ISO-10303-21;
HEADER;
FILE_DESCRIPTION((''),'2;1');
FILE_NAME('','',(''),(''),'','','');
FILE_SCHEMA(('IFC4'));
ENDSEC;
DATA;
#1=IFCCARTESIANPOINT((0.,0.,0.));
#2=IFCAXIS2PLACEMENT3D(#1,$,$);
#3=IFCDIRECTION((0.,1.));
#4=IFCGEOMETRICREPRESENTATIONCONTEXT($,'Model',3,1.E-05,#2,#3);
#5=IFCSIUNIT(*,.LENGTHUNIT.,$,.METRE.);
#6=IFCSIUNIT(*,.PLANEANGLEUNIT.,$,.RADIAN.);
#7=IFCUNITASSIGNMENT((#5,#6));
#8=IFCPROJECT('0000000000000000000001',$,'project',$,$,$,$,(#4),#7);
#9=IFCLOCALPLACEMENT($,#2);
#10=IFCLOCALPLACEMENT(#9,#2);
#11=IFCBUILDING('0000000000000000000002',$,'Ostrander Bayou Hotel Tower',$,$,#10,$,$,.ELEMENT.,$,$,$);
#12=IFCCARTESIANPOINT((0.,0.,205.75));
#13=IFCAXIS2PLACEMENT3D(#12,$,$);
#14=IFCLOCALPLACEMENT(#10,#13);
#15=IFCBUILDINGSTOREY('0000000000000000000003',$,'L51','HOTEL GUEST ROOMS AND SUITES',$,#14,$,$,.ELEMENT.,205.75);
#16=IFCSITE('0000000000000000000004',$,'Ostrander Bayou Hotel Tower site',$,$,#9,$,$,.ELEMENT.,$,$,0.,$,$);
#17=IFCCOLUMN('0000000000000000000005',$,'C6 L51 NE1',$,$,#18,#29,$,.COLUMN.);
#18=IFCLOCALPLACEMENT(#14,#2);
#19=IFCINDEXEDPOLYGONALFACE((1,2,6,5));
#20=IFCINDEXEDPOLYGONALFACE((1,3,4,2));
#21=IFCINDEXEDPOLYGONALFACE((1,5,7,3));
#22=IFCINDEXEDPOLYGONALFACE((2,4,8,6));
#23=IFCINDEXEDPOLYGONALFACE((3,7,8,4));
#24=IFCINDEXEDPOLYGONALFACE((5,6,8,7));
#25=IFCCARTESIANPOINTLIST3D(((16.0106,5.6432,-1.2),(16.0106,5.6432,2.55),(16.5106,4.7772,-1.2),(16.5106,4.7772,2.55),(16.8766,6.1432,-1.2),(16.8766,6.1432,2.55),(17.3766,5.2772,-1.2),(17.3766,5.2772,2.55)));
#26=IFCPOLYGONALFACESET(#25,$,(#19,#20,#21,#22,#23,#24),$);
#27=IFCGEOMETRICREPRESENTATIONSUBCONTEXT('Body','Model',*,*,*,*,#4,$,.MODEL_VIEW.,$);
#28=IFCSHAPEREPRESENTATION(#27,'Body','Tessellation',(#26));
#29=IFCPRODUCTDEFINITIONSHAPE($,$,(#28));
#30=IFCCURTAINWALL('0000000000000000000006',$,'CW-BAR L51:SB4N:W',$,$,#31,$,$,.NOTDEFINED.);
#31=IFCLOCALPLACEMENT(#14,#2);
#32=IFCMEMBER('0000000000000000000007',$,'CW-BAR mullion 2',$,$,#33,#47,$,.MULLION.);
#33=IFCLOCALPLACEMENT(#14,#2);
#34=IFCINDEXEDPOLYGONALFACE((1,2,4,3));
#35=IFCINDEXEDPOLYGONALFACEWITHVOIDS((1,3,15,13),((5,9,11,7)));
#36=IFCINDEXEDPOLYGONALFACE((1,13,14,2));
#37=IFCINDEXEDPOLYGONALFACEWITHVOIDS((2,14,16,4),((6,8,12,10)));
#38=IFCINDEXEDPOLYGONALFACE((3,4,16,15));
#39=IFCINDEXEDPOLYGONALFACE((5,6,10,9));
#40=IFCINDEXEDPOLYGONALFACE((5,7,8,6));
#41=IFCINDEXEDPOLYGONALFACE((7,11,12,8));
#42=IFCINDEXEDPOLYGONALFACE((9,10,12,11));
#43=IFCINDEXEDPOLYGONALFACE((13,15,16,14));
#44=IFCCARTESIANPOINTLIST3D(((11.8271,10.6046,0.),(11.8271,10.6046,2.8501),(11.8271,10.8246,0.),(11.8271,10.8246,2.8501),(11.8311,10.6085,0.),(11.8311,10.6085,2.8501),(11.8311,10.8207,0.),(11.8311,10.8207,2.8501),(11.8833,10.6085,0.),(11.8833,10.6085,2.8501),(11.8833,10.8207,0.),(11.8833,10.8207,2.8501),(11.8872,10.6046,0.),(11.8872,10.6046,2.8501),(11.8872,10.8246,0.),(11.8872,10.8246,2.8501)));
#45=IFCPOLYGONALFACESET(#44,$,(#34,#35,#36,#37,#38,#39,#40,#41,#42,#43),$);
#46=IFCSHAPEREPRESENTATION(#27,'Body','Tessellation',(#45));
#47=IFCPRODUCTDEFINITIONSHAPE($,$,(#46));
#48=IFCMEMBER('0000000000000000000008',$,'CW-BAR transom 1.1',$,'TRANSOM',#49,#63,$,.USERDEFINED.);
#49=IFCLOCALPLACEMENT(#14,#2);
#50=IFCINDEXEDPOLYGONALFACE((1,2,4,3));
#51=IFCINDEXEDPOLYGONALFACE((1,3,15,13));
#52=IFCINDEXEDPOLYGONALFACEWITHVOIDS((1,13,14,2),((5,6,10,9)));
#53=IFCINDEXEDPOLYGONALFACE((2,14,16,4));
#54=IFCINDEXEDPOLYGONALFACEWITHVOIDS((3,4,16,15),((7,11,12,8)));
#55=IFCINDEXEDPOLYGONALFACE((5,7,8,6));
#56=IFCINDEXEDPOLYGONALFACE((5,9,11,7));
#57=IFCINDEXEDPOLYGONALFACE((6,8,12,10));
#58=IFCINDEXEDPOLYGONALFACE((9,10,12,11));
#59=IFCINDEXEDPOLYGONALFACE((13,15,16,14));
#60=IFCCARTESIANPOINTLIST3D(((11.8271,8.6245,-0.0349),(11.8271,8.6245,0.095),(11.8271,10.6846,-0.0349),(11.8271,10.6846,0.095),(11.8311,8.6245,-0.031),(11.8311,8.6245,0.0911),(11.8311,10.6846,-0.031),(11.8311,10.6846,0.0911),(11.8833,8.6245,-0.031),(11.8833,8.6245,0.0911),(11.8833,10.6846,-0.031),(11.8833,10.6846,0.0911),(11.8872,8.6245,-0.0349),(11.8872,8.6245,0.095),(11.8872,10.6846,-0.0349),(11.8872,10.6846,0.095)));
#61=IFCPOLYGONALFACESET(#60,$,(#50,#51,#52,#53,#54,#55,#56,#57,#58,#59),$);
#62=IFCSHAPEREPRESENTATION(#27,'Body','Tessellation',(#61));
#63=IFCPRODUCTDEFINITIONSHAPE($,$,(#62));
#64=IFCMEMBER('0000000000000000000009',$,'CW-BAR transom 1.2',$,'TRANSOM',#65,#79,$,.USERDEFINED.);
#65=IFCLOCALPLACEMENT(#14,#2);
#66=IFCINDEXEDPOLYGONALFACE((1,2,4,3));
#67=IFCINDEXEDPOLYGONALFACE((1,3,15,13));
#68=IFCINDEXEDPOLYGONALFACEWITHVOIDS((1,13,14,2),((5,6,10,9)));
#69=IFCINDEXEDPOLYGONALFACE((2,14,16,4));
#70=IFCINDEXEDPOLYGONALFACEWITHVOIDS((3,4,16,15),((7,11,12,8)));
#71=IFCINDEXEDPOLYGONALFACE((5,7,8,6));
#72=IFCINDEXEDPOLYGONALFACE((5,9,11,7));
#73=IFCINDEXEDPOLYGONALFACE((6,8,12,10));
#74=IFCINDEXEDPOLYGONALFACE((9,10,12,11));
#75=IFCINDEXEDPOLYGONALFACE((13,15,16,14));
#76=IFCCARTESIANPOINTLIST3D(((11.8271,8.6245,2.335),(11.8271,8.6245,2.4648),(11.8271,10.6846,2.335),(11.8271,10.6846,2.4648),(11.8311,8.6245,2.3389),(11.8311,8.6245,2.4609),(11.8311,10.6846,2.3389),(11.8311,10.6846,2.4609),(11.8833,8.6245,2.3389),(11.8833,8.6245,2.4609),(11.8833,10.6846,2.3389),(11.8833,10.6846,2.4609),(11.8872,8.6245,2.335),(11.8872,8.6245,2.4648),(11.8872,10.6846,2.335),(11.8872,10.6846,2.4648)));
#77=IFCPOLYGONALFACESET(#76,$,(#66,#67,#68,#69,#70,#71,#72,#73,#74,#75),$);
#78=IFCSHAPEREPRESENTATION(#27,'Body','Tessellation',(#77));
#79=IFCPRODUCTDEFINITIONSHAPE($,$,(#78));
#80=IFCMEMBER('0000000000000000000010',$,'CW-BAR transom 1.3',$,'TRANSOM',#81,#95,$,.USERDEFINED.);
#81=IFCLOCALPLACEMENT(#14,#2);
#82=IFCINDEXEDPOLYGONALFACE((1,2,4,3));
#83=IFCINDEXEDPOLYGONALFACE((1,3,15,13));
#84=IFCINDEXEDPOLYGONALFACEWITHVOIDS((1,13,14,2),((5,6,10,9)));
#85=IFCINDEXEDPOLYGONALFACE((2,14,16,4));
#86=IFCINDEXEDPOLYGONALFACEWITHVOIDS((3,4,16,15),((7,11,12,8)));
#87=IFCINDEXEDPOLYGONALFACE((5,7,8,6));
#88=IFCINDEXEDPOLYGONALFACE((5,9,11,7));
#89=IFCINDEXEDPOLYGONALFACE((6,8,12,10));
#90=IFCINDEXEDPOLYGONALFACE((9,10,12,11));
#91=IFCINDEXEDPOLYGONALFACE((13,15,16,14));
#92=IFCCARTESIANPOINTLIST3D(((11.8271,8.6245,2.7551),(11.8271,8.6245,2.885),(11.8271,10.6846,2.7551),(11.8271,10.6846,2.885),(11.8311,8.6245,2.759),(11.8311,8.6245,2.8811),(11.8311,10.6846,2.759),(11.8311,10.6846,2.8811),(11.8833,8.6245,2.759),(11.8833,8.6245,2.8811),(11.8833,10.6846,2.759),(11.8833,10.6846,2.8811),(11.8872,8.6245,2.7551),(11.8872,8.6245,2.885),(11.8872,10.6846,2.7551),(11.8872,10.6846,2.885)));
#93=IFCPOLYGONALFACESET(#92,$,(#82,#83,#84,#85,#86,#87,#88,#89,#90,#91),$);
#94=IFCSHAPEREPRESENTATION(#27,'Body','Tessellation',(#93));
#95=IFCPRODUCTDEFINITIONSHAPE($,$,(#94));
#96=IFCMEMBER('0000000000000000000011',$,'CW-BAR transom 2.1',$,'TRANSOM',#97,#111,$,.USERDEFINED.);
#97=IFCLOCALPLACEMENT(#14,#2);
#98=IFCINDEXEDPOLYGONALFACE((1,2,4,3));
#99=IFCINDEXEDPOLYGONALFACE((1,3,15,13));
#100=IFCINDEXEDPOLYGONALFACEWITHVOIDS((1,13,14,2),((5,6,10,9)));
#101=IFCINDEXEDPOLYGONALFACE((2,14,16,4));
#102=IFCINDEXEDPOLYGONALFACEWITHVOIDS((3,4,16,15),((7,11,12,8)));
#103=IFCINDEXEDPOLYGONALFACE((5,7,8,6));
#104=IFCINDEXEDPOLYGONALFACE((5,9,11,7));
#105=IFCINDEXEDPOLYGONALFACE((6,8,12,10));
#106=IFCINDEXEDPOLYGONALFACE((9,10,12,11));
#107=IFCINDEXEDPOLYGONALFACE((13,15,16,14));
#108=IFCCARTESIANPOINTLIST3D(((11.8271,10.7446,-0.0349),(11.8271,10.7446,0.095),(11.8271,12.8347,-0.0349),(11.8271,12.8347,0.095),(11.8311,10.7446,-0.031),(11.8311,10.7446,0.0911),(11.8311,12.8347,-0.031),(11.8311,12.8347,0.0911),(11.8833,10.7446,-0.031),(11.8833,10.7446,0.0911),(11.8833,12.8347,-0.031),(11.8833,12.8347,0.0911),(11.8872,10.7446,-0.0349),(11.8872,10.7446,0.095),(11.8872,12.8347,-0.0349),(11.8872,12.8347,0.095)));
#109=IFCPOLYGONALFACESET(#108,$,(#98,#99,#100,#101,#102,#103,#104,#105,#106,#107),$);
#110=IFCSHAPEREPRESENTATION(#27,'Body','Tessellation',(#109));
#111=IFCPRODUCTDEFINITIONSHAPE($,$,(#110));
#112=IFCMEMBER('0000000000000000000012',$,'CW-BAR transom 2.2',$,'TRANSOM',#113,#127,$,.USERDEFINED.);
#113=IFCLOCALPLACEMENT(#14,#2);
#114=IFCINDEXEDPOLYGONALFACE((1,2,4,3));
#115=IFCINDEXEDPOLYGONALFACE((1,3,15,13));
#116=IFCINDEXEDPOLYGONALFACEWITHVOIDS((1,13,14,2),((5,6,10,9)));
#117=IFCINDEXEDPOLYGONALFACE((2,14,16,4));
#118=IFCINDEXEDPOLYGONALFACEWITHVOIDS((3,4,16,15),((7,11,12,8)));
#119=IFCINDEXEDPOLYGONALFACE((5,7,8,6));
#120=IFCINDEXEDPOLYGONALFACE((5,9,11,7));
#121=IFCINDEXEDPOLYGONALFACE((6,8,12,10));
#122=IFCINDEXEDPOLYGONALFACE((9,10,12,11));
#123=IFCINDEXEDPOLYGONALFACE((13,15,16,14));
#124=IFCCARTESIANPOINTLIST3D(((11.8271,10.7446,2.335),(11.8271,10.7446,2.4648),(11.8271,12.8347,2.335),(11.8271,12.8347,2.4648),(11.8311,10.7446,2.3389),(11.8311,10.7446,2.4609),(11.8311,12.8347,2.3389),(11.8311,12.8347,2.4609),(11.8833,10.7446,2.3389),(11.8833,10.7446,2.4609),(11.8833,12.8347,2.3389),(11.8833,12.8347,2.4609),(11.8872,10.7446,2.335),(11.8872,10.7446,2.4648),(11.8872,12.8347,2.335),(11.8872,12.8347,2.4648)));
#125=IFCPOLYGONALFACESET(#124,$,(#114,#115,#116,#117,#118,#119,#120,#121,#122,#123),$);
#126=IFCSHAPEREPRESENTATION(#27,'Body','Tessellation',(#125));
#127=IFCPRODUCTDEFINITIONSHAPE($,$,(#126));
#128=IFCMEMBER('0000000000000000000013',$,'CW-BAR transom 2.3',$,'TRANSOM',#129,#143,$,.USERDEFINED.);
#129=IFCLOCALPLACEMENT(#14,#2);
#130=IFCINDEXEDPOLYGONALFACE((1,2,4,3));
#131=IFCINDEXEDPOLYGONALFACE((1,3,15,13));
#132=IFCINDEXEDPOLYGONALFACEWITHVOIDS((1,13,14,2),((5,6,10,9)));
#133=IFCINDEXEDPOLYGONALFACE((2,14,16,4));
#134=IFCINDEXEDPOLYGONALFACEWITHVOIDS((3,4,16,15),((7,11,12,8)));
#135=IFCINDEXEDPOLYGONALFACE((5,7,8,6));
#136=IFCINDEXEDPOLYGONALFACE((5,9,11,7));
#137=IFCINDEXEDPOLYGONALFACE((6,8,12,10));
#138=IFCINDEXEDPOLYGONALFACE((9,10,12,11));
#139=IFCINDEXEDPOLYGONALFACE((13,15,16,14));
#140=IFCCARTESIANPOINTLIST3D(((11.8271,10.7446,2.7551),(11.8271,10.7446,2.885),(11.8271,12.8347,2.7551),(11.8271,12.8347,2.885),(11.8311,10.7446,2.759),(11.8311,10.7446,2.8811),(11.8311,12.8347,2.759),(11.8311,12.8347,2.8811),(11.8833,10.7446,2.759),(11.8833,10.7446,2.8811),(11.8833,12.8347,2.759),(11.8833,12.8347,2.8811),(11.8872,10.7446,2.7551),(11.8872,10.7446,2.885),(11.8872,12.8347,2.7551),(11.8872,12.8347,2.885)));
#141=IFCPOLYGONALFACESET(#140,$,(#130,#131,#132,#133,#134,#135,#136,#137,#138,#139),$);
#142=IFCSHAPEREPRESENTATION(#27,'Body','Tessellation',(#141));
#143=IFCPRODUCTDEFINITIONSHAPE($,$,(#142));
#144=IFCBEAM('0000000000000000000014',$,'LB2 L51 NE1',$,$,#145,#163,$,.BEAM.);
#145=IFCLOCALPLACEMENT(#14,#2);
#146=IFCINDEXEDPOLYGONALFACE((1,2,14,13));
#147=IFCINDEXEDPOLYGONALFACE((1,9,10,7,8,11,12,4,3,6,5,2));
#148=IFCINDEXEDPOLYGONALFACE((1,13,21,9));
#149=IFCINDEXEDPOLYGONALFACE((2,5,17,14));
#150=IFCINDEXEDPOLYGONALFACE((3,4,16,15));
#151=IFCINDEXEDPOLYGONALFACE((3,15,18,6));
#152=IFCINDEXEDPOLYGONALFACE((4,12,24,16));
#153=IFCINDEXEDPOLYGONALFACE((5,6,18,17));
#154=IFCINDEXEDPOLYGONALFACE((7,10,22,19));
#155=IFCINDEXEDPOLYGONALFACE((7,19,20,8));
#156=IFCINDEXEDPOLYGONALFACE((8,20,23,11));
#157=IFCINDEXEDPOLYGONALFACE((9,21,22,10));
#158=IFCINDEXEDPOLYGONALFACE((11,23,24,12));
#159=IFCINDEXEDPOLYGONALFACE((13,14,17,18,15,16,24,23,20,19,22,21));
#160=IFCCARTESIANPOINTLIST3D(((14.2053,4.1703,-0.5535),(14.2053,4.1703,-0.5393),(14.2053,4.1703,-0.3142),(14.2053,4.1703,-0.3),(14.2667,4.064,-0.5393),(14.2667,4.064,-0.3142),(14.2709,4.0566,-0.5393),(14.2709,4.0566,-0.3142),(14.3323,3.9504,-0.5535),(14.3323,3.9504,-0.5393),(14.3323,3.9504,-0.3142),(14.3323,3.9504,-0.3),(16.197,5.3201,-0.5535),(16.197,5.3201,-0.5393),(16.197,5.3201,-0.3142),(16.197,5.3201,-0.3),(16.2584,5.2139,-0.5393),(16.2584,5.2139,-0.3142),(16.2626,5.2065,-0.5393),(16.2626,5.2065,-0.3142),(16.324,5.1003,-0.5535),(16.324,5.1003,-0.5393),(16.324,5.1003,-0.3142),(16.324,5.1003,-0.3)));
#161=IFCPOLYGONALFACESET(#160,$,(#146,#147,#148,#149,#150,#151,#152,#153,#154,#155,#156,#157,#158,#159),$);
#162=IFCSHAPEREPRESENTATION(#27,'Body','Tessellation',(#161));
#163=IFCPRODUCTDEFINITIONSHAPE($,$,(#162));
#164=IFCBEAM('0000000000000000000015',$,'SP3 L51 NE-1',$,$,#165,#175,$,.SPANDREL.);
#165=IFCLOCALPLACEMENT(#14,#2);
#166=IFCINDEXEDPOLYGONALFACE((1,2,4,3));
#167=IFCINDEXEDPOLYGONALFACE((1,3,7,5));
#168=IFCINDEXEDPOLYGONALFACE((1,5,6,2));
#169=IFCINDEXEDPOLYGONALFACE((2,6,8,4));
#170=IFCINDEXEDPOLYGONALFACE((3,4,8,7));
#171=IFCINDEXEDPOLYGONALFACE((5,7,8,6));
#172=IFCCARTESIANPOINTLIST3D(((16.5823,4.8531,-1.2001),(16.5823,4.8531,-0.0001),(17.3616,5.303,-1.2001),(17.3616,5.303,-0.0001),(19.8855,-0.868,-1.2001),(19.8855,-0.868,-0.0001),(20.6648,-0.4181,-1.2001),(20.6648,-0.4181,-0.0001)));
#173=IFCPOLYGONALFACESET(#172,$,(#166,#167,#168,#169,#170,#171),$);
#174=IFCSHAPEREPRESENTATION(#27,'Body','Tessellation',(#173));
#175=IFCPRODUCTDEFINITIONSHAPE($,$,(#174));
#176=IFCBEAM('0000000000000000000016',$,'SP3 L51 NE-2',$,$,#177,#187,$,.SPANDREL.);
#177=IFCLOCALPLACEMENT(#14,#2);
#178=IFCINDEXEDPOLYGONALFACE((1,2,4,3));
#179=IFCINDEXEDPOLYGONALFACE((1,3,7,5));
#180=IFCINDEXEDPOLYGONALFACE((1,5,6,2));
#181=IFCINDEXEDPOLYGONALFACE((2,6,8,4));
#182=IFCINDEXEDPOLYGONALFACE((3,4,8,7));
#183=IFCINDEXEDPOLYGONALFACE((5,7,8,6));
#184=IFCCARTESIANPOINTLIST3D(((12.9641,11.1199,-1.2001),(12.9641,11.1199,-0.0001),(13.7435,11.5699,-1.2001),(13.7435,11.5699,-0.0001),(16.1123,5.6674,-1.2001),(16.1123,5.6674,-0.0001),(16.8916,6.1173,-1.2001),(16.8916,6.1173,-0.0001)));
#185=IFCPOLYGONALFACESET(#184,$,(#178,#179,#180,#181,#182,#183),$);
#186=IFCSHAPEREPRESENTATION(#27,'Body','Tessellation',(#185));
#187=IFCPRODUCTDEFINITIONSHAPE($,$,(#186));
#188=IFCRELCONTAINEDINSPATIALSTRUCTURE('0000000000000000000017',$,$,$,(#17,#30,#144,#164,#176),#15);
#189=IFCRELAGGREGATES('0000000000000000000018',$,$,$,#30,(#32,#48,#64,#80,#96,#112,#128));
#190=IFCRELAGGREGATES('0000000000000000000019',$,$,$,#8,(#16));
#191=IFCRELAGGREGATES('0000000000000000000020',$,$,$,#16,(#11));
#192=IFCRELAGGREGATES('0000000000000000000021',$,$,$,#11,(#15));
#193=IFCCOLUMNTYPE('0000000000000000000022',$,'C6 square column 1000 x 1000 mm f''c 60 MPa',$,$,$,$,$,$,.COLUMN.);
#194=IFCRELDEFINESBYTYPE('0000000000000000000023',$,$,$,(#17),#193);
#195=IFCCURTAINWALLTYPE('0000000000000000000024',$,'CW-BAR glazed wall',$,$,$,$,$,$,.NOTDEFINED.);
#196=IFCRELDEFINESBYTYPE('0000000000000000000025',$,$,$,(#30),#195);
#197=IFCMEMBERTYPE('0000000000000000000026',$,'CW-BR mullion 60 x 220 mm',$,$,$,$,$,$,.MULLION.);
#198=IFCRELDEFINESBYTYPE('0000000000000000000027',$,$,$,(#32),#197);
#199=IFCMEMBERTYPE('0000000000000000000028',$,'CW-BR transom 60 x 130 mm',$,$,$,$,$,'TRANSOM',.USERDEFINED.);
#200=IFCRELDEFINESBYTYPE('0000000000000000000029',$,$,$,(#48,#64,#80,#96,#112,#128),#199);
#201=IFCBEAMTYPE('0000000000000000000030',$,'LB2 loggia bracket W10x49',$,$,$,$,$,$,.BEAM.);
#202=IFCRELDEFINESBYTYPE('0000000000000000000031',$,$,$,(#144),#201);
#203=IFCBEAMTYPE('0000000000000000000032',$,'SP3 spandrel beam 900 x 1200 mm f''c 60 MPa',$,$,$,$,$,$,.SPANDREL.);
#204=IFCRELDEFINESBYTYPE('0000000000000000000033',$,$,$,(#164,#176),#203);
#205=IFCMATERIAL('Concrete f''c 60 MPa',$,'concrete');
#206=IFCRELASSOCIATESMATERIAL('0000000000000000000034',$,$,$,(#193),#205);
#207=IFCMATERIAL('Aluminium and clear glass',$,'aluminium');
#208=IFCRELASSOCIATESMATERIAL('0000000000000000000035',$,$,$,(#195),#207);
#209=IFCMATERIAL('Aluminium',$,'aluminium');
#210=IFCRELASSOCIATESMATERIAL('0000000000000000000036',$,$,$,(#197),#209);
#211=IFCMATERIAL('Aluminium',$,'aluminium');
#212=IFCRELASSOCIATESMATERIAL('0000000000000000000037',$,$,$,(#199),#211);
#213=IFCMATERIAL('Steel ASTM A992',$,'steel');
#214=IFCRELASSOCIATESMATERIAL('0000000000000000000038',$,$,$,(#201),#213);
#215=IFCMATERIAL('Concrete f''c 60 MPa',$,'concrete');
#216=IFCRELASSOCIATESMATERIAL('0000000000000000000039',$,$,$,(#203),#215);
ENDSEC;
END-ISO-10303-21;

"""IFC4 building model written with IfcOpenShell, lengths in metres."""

from ifc_helpers import new_model, si_unit, direction, frame, origin, origin_2d, place, context, subcontext, project, spatial, rectangle, hollow_rectangle, i_section, extrude, material, material_profile, profile_set, type_object, element, aggregate, save


model = new_model("IFC4")

# Units and contexts
model_context = context("Model", 3, precision=1e-05, world=origin(), true_north=direction((0.0, 1.0)))
body_context = subcontext(model_context, "Body", "Model", "MODEL_VIEW")
ifc_project = project(units=[si_unit("LENGTHUNIT", "METRE"), si_unit("PLANEANGLEUNIT", "RADIAN")], contexts=[model_context])

# Site, building, storey
site_placement = place(None, origin())
site = spatial("IfcSite", under=ifc_project, at=site_placement, Name="Ostrander Bayou Hotel Tower site", CompositionType="ELEMENT", RefElevation=0.0)
building_placement = place(site_placement, origin())
building = spatial("IfcBuilding", under=site, at=building_placement, Name="Ostrander Bayou Hotel Tower", CompositionType="ELEMENT")
storey_placement = place(building_placement, frame((0.0, 0.0, 205.75)))
storey = spatial("IfcBuildingStorey", under=building, at=storey_placement, Name="L51", Description="HOTEL GUEST ROOMS AND SUITES", CompositionType="ELEMENT", Elevation=205.75)

# Column
ifc_material_1 = material(Name="Concrete f'c 60 MPa", Category="concrete")
ifc_material_profile_1 = material_profile(ifc_material_1, rectangle(XDim=1.0, YDim=1.0, at=origin_2d()))
ifc_profile_set_1 = profile_set([ifc_material_profile_1], Name="Concrete f'c 60 MPa")
column_type = type_object("IfcColumnType", Name="C6 square column 1000 x 1000 mm f'c 60 MPa", PredefinedType="COLUMN", material=ifc_profile_set_1)
column_placement = place(storey_placement, frame((16.6936, 5.4602, -1.2), z_axis=(0.0, 0.0, 1.0), x_axis=(0.5, -0.866025, 0.0)))
element("IfcColumn", 1, at=column_placement, inside=storey, type_object=column_type, Name="C6 L51 NE1", PredefinedType="COLUMN", context=body_context, shape_type="SweptSolid", body=[
    extrude(rectangle(XDim=1.0, YDim=1.0, at=origin_2d()), origin(), (0.0, 0.0, 1.0), 3.75),
])

# Curtain wall, members
ifc_material_2 = material(Name="Aluminium and clear glass", Category="aluminium")
curtain_wall_type = type_object("IfcCurtainWallType", Name="CW-BAR glazed wall", PredefinedType="NOTDEFINED", material=ifc_material_2)
curtain_wall_placement = place(storey_placement, origin())
curtain_wall = element("IfcCurtainWall", 2, at=curtain_wall_placement, inside=storey, type_object=curtain_wall_type, Name="CW-BAR L51:SB4N:W", PredefinedType="NOTDEFINED")
ifc_material_3 = material(Name="Aluminium", Category="aluminium")
ifc_material_profile_2 = material_profile(ifc_material_3, hollow_rectangle(XDim=0.0601, YDim=0.22, WallThickness=0.0039, at=origin_2d()))
ifc_profile_set_2 = profile_set([ifc_material_profile_2], Name="Aluminium")
member_type_1 = type_object("IfcMemberType", Name="CW-BR mullion 60 x 220 mm", PredefinedType="MULLION", material=ifc_profile_set_2)
member_1_placement = place(storey_placement, frame((11.8572, 10.7146, 0.0), z_axis=(0.0, 0.0, 1.0), x_axis=(-1.0, 0.0, 0.0)))
member_1 = element("IfcMember", 3, at=member_1_placement, type_object=member_type_1, Name="CW-BAR mullion 2", PredefinedType="MULLION", context=body_context, shape_type="SweptSolid", body=[
    extrude(hollow_rectangle(XDim=0.0601, YDim=0.22, WallThickness=0.0039, at=origin_2d()), origin(), (0.0, 0.0, 1.0), 2.8501),
])
ifc_material_4 = material(Name="Aluminium", Category="aluminium")
ifc_material_profile_3 = material_profile(ifc_material_4, hollow_rectangle(XDim=0.0601, YDim=0.1299, WallThickness=0.0039, at=origin_2d()))
ifc_profile_set_3 = profile_set([ifc_material_profile_3], Name="Aluminium")
member_type_2 = type_object("IfcMemberType", Name="CW-BR transom 60 x 130 mm", ElementType="TRANSOM", PredefinedType="USERDEFINED", material=ifc_profile_set_3)
member_2_placement = place(storey_placement, frame((11.8572, 8.6245, 0.03), z_axis=(0.0, 1.0, 0.0), x_axis=(-1.0, 0.0, 0.0)))
member_2 = element("IfcMember", 4, at=member_2_placement, type_object=member_type_2, Name="CW-BAR transom 1.1", ObjectType="TRANSOM", PredefinedType="USERDEFINED", context=body_context, shape_type="SweptSolid", body=[
    extrude(hollow_rectangle(XDim=0.0601, YDim=0.1299, WallThickness=0.0039, at=origin_2d()), origin(), (0.0, 0.0, 1.0), 2.0601),
])
member_3_placement = place(storey_placement, frame((11.8572, 8.6245, 2.3999), z_axis=(0.0, 1.0, 0.0), x_axis=(-1.0, 0.0, 0.0)))
member_3 = element("IfcMember", 5, at=member_3_placement, type_object=member_type_2, Name="CW-BAR transom 1.2", ObjectType="TRANSOM", PredefinedType="USERDEFINED", context=body_context, shape_type="SweptSolid", body=[
    extrude(hollow_rectangle(XDim=0.0601, YDim=0.1299, WallThickness=0.0039, at=origin_2d()), origin(), (0.0, 0.0, 1.0), 2.0601),
])
member_4_placement = place(storey_placement, frame((11.8572, 8.6245, 2.8201), z_axis=(0.0, 1.0, 0.0), x_axis=(-1.0, 0.0, 0.0)))
member_4 = element("IfcMember", 6, at=member_4_placement, type_object=member_type_2, Name="CW-BAR transom 1.3", ObjectType="TRANSOM", PredefinedType="USERDEFINED", context=body_context, shape_type="SweptSolid", body=[
    extrude(hollow_rectangle(XDim=0.0601, YDim=0.1299, WallThickness=0.0039, at=origin_2d()), origin(), (0.0, 0.0, 1.0), 2.0601),
])
member_5_placement = place(storey_placement, frame((11.8572, 10.7446, 0.03), z_axis=(0.0, 1.0, 0.0), x_axis=(-1.0, 0.0, 0.0)))
member_5 = element("IfcMember", 7, at=member_5_placement, type_object=member_type_2, Name="CW-BAR transom 2.1", ObjectType="TRANSOM", PredefinedType="USERDEFINED", context=body_context, shape_type="SweptSolid", body=[
    extrude(hollow_rectangle(XDim=0.0601, YDim=0.1299, WallThickness=0.0039, at=origin_2d()), origin(), (0.0, 0.0, 1.0), 2.0901),
])
member_6_placement = place(storey_placement, frame((11.8572, 10.7446, 2.3999), z_axis=(0.0, 1.0, 0.0), x_axis=(-1.0, 0.0, 0.0)))
member_6 = element("IfcMember", 8, at=member_6_placement, type_object=member_type_2, Name="CW-BAR transom 2.2", ObjectType="TRANSOM", PredefinedType="USERDEFINED", context=body_context, shape_type="SweptSolid", body=[
    extrude(hollow_rectangle(XDim=0.0601, YDim=0.1299, WallThickness=0.0039, at=origin_2d()), origin(), (0.0, 0.0, 1.0), 2.0901),
])
member_7_placement = place(storey_placement, frame((11.8572, 10.7446, 2.8201), z_axis=(0.0, 1.0, 0.0), x_axis=(-1.0, 0.0, 0.0)))
member_7 = element("IfcMember", 9, at=member_7_placement, type_object=member_type_2, Name="CW-BAR transom 2.3", ObjectType="TRANSOM", PredefinedType="USERDEFINED", context=body_context, shape_type="SweptSolid", body=[
    extrude(hollow_rectangle(XDim=0.0601, YDim=0.1299, WallThickness=0.0039, at=origin_2d()), origin(), (0.0, 0.0, 1.0), 2.0901),
])

# Beams
ifc_material_5 = material(Name="Steel ASTM A992", Category="steel")
ifc_material_profile_4 = material_profile(ifc_material_5, i_section(OverallWidth=0.2539, OverallDepth=0.2534, WebThickness=0.0085, FlangeThickness=0.0142, at=origin_2d()))
ifc_profile_set_4 = profile_set([ifc_material_profile_4], Name="Steel ASTM A992")
beam_type_1 = type_object("IfcBeamType", Name="LB2 loggia bracket W10x49", PredefinedType="BEAM", material=ifc_profile_set_4)
beam_1_placement = place(storey_placement, frame((16.2605, 5.2102, -0.4268), z_axis=(-0.866026, -0.499998, 0.0), x_axis=(0.499998, -0.866026, 0.0)))
element("IfcBeam", 10, at=beam_1_placement, inside=storey, type_object=beam_type_1, Name="LB2 L51 NE1", PredefinedType="BEAM", context=body_context, shape_type="SweptSolid", body=[
    extrude(i_section(OverallWidth=0.2539, OverallDepth=0.2534, WebThickness=0.0085, FlangeThickness=0.0142, at=origin_2d()), origin(), (0.0, 0.0, 1.0), 2.2998),
])
ifc_material_6 = material(Name="Concrete f'c 60 MPa", Category="concrete")
ifc_material_profile_5 = material_profile(ifc_material_6, rectangle(XDim=0.8999, YDim=1.2, at=origin_2d()))
ifc_profile_set_5 = profile_set([ifc_material_profile_5], Name="Concrete f'c 60 MPa")
beam_type_2 = type_object("IfcBeamType", Name="SP3 spandrel beam 900 x 1200 mm f'c 60 MPa", PredefinedType="SPANDREL", material=ifc_profile_set_5)
beam_2_placement = place(storey_placement, frame((20.2751, -0.6431, -0.6001), z_axis=(-0.50001, 0.866019, 0.0), x_axis=(-0.866019, -0.50001, 0.0)))
element("IfcBeam", 11, at=beam_2_placement, inside=storey, type_object=beam_type_2, Name="SP3 L51 NE-1", PredefinedType="SPANDREL", context=body_context, shape_type="SweptSolid", body=[
    extrude(rectangle(XDim=0.8999, YDim=1.2, at=origin_2d()), origin(), (0.0, 0.0, 1.0), 6.6062),
])
beam_3_placement = place(storey_placement, frame((16.502, 5.8923, -0.6001), z_axis=(-0.500013, 0.866018, 0.0), x_axis=(-0.866018, -0.500013, 0.0)))
element("IfcBeam", 12, at=beam_3_placement, inside=storey, type_object=beam_type_2, Name="SP3 L51 NE-2", PredefinedType="SPANDREL", context=body_context, shape_type="SweptSolid", body=[
    extrude(rectangle(XDim=0.8999, YDim=1.2, at=origin_2d()), origin(), (0.0, 0.0, 1.0), 6.2961),
])

aggregate(curtain_wall, [member_1, member_2, member_3, member_4, member_5, member_6, member_7])

save(model, "model.ifc")
